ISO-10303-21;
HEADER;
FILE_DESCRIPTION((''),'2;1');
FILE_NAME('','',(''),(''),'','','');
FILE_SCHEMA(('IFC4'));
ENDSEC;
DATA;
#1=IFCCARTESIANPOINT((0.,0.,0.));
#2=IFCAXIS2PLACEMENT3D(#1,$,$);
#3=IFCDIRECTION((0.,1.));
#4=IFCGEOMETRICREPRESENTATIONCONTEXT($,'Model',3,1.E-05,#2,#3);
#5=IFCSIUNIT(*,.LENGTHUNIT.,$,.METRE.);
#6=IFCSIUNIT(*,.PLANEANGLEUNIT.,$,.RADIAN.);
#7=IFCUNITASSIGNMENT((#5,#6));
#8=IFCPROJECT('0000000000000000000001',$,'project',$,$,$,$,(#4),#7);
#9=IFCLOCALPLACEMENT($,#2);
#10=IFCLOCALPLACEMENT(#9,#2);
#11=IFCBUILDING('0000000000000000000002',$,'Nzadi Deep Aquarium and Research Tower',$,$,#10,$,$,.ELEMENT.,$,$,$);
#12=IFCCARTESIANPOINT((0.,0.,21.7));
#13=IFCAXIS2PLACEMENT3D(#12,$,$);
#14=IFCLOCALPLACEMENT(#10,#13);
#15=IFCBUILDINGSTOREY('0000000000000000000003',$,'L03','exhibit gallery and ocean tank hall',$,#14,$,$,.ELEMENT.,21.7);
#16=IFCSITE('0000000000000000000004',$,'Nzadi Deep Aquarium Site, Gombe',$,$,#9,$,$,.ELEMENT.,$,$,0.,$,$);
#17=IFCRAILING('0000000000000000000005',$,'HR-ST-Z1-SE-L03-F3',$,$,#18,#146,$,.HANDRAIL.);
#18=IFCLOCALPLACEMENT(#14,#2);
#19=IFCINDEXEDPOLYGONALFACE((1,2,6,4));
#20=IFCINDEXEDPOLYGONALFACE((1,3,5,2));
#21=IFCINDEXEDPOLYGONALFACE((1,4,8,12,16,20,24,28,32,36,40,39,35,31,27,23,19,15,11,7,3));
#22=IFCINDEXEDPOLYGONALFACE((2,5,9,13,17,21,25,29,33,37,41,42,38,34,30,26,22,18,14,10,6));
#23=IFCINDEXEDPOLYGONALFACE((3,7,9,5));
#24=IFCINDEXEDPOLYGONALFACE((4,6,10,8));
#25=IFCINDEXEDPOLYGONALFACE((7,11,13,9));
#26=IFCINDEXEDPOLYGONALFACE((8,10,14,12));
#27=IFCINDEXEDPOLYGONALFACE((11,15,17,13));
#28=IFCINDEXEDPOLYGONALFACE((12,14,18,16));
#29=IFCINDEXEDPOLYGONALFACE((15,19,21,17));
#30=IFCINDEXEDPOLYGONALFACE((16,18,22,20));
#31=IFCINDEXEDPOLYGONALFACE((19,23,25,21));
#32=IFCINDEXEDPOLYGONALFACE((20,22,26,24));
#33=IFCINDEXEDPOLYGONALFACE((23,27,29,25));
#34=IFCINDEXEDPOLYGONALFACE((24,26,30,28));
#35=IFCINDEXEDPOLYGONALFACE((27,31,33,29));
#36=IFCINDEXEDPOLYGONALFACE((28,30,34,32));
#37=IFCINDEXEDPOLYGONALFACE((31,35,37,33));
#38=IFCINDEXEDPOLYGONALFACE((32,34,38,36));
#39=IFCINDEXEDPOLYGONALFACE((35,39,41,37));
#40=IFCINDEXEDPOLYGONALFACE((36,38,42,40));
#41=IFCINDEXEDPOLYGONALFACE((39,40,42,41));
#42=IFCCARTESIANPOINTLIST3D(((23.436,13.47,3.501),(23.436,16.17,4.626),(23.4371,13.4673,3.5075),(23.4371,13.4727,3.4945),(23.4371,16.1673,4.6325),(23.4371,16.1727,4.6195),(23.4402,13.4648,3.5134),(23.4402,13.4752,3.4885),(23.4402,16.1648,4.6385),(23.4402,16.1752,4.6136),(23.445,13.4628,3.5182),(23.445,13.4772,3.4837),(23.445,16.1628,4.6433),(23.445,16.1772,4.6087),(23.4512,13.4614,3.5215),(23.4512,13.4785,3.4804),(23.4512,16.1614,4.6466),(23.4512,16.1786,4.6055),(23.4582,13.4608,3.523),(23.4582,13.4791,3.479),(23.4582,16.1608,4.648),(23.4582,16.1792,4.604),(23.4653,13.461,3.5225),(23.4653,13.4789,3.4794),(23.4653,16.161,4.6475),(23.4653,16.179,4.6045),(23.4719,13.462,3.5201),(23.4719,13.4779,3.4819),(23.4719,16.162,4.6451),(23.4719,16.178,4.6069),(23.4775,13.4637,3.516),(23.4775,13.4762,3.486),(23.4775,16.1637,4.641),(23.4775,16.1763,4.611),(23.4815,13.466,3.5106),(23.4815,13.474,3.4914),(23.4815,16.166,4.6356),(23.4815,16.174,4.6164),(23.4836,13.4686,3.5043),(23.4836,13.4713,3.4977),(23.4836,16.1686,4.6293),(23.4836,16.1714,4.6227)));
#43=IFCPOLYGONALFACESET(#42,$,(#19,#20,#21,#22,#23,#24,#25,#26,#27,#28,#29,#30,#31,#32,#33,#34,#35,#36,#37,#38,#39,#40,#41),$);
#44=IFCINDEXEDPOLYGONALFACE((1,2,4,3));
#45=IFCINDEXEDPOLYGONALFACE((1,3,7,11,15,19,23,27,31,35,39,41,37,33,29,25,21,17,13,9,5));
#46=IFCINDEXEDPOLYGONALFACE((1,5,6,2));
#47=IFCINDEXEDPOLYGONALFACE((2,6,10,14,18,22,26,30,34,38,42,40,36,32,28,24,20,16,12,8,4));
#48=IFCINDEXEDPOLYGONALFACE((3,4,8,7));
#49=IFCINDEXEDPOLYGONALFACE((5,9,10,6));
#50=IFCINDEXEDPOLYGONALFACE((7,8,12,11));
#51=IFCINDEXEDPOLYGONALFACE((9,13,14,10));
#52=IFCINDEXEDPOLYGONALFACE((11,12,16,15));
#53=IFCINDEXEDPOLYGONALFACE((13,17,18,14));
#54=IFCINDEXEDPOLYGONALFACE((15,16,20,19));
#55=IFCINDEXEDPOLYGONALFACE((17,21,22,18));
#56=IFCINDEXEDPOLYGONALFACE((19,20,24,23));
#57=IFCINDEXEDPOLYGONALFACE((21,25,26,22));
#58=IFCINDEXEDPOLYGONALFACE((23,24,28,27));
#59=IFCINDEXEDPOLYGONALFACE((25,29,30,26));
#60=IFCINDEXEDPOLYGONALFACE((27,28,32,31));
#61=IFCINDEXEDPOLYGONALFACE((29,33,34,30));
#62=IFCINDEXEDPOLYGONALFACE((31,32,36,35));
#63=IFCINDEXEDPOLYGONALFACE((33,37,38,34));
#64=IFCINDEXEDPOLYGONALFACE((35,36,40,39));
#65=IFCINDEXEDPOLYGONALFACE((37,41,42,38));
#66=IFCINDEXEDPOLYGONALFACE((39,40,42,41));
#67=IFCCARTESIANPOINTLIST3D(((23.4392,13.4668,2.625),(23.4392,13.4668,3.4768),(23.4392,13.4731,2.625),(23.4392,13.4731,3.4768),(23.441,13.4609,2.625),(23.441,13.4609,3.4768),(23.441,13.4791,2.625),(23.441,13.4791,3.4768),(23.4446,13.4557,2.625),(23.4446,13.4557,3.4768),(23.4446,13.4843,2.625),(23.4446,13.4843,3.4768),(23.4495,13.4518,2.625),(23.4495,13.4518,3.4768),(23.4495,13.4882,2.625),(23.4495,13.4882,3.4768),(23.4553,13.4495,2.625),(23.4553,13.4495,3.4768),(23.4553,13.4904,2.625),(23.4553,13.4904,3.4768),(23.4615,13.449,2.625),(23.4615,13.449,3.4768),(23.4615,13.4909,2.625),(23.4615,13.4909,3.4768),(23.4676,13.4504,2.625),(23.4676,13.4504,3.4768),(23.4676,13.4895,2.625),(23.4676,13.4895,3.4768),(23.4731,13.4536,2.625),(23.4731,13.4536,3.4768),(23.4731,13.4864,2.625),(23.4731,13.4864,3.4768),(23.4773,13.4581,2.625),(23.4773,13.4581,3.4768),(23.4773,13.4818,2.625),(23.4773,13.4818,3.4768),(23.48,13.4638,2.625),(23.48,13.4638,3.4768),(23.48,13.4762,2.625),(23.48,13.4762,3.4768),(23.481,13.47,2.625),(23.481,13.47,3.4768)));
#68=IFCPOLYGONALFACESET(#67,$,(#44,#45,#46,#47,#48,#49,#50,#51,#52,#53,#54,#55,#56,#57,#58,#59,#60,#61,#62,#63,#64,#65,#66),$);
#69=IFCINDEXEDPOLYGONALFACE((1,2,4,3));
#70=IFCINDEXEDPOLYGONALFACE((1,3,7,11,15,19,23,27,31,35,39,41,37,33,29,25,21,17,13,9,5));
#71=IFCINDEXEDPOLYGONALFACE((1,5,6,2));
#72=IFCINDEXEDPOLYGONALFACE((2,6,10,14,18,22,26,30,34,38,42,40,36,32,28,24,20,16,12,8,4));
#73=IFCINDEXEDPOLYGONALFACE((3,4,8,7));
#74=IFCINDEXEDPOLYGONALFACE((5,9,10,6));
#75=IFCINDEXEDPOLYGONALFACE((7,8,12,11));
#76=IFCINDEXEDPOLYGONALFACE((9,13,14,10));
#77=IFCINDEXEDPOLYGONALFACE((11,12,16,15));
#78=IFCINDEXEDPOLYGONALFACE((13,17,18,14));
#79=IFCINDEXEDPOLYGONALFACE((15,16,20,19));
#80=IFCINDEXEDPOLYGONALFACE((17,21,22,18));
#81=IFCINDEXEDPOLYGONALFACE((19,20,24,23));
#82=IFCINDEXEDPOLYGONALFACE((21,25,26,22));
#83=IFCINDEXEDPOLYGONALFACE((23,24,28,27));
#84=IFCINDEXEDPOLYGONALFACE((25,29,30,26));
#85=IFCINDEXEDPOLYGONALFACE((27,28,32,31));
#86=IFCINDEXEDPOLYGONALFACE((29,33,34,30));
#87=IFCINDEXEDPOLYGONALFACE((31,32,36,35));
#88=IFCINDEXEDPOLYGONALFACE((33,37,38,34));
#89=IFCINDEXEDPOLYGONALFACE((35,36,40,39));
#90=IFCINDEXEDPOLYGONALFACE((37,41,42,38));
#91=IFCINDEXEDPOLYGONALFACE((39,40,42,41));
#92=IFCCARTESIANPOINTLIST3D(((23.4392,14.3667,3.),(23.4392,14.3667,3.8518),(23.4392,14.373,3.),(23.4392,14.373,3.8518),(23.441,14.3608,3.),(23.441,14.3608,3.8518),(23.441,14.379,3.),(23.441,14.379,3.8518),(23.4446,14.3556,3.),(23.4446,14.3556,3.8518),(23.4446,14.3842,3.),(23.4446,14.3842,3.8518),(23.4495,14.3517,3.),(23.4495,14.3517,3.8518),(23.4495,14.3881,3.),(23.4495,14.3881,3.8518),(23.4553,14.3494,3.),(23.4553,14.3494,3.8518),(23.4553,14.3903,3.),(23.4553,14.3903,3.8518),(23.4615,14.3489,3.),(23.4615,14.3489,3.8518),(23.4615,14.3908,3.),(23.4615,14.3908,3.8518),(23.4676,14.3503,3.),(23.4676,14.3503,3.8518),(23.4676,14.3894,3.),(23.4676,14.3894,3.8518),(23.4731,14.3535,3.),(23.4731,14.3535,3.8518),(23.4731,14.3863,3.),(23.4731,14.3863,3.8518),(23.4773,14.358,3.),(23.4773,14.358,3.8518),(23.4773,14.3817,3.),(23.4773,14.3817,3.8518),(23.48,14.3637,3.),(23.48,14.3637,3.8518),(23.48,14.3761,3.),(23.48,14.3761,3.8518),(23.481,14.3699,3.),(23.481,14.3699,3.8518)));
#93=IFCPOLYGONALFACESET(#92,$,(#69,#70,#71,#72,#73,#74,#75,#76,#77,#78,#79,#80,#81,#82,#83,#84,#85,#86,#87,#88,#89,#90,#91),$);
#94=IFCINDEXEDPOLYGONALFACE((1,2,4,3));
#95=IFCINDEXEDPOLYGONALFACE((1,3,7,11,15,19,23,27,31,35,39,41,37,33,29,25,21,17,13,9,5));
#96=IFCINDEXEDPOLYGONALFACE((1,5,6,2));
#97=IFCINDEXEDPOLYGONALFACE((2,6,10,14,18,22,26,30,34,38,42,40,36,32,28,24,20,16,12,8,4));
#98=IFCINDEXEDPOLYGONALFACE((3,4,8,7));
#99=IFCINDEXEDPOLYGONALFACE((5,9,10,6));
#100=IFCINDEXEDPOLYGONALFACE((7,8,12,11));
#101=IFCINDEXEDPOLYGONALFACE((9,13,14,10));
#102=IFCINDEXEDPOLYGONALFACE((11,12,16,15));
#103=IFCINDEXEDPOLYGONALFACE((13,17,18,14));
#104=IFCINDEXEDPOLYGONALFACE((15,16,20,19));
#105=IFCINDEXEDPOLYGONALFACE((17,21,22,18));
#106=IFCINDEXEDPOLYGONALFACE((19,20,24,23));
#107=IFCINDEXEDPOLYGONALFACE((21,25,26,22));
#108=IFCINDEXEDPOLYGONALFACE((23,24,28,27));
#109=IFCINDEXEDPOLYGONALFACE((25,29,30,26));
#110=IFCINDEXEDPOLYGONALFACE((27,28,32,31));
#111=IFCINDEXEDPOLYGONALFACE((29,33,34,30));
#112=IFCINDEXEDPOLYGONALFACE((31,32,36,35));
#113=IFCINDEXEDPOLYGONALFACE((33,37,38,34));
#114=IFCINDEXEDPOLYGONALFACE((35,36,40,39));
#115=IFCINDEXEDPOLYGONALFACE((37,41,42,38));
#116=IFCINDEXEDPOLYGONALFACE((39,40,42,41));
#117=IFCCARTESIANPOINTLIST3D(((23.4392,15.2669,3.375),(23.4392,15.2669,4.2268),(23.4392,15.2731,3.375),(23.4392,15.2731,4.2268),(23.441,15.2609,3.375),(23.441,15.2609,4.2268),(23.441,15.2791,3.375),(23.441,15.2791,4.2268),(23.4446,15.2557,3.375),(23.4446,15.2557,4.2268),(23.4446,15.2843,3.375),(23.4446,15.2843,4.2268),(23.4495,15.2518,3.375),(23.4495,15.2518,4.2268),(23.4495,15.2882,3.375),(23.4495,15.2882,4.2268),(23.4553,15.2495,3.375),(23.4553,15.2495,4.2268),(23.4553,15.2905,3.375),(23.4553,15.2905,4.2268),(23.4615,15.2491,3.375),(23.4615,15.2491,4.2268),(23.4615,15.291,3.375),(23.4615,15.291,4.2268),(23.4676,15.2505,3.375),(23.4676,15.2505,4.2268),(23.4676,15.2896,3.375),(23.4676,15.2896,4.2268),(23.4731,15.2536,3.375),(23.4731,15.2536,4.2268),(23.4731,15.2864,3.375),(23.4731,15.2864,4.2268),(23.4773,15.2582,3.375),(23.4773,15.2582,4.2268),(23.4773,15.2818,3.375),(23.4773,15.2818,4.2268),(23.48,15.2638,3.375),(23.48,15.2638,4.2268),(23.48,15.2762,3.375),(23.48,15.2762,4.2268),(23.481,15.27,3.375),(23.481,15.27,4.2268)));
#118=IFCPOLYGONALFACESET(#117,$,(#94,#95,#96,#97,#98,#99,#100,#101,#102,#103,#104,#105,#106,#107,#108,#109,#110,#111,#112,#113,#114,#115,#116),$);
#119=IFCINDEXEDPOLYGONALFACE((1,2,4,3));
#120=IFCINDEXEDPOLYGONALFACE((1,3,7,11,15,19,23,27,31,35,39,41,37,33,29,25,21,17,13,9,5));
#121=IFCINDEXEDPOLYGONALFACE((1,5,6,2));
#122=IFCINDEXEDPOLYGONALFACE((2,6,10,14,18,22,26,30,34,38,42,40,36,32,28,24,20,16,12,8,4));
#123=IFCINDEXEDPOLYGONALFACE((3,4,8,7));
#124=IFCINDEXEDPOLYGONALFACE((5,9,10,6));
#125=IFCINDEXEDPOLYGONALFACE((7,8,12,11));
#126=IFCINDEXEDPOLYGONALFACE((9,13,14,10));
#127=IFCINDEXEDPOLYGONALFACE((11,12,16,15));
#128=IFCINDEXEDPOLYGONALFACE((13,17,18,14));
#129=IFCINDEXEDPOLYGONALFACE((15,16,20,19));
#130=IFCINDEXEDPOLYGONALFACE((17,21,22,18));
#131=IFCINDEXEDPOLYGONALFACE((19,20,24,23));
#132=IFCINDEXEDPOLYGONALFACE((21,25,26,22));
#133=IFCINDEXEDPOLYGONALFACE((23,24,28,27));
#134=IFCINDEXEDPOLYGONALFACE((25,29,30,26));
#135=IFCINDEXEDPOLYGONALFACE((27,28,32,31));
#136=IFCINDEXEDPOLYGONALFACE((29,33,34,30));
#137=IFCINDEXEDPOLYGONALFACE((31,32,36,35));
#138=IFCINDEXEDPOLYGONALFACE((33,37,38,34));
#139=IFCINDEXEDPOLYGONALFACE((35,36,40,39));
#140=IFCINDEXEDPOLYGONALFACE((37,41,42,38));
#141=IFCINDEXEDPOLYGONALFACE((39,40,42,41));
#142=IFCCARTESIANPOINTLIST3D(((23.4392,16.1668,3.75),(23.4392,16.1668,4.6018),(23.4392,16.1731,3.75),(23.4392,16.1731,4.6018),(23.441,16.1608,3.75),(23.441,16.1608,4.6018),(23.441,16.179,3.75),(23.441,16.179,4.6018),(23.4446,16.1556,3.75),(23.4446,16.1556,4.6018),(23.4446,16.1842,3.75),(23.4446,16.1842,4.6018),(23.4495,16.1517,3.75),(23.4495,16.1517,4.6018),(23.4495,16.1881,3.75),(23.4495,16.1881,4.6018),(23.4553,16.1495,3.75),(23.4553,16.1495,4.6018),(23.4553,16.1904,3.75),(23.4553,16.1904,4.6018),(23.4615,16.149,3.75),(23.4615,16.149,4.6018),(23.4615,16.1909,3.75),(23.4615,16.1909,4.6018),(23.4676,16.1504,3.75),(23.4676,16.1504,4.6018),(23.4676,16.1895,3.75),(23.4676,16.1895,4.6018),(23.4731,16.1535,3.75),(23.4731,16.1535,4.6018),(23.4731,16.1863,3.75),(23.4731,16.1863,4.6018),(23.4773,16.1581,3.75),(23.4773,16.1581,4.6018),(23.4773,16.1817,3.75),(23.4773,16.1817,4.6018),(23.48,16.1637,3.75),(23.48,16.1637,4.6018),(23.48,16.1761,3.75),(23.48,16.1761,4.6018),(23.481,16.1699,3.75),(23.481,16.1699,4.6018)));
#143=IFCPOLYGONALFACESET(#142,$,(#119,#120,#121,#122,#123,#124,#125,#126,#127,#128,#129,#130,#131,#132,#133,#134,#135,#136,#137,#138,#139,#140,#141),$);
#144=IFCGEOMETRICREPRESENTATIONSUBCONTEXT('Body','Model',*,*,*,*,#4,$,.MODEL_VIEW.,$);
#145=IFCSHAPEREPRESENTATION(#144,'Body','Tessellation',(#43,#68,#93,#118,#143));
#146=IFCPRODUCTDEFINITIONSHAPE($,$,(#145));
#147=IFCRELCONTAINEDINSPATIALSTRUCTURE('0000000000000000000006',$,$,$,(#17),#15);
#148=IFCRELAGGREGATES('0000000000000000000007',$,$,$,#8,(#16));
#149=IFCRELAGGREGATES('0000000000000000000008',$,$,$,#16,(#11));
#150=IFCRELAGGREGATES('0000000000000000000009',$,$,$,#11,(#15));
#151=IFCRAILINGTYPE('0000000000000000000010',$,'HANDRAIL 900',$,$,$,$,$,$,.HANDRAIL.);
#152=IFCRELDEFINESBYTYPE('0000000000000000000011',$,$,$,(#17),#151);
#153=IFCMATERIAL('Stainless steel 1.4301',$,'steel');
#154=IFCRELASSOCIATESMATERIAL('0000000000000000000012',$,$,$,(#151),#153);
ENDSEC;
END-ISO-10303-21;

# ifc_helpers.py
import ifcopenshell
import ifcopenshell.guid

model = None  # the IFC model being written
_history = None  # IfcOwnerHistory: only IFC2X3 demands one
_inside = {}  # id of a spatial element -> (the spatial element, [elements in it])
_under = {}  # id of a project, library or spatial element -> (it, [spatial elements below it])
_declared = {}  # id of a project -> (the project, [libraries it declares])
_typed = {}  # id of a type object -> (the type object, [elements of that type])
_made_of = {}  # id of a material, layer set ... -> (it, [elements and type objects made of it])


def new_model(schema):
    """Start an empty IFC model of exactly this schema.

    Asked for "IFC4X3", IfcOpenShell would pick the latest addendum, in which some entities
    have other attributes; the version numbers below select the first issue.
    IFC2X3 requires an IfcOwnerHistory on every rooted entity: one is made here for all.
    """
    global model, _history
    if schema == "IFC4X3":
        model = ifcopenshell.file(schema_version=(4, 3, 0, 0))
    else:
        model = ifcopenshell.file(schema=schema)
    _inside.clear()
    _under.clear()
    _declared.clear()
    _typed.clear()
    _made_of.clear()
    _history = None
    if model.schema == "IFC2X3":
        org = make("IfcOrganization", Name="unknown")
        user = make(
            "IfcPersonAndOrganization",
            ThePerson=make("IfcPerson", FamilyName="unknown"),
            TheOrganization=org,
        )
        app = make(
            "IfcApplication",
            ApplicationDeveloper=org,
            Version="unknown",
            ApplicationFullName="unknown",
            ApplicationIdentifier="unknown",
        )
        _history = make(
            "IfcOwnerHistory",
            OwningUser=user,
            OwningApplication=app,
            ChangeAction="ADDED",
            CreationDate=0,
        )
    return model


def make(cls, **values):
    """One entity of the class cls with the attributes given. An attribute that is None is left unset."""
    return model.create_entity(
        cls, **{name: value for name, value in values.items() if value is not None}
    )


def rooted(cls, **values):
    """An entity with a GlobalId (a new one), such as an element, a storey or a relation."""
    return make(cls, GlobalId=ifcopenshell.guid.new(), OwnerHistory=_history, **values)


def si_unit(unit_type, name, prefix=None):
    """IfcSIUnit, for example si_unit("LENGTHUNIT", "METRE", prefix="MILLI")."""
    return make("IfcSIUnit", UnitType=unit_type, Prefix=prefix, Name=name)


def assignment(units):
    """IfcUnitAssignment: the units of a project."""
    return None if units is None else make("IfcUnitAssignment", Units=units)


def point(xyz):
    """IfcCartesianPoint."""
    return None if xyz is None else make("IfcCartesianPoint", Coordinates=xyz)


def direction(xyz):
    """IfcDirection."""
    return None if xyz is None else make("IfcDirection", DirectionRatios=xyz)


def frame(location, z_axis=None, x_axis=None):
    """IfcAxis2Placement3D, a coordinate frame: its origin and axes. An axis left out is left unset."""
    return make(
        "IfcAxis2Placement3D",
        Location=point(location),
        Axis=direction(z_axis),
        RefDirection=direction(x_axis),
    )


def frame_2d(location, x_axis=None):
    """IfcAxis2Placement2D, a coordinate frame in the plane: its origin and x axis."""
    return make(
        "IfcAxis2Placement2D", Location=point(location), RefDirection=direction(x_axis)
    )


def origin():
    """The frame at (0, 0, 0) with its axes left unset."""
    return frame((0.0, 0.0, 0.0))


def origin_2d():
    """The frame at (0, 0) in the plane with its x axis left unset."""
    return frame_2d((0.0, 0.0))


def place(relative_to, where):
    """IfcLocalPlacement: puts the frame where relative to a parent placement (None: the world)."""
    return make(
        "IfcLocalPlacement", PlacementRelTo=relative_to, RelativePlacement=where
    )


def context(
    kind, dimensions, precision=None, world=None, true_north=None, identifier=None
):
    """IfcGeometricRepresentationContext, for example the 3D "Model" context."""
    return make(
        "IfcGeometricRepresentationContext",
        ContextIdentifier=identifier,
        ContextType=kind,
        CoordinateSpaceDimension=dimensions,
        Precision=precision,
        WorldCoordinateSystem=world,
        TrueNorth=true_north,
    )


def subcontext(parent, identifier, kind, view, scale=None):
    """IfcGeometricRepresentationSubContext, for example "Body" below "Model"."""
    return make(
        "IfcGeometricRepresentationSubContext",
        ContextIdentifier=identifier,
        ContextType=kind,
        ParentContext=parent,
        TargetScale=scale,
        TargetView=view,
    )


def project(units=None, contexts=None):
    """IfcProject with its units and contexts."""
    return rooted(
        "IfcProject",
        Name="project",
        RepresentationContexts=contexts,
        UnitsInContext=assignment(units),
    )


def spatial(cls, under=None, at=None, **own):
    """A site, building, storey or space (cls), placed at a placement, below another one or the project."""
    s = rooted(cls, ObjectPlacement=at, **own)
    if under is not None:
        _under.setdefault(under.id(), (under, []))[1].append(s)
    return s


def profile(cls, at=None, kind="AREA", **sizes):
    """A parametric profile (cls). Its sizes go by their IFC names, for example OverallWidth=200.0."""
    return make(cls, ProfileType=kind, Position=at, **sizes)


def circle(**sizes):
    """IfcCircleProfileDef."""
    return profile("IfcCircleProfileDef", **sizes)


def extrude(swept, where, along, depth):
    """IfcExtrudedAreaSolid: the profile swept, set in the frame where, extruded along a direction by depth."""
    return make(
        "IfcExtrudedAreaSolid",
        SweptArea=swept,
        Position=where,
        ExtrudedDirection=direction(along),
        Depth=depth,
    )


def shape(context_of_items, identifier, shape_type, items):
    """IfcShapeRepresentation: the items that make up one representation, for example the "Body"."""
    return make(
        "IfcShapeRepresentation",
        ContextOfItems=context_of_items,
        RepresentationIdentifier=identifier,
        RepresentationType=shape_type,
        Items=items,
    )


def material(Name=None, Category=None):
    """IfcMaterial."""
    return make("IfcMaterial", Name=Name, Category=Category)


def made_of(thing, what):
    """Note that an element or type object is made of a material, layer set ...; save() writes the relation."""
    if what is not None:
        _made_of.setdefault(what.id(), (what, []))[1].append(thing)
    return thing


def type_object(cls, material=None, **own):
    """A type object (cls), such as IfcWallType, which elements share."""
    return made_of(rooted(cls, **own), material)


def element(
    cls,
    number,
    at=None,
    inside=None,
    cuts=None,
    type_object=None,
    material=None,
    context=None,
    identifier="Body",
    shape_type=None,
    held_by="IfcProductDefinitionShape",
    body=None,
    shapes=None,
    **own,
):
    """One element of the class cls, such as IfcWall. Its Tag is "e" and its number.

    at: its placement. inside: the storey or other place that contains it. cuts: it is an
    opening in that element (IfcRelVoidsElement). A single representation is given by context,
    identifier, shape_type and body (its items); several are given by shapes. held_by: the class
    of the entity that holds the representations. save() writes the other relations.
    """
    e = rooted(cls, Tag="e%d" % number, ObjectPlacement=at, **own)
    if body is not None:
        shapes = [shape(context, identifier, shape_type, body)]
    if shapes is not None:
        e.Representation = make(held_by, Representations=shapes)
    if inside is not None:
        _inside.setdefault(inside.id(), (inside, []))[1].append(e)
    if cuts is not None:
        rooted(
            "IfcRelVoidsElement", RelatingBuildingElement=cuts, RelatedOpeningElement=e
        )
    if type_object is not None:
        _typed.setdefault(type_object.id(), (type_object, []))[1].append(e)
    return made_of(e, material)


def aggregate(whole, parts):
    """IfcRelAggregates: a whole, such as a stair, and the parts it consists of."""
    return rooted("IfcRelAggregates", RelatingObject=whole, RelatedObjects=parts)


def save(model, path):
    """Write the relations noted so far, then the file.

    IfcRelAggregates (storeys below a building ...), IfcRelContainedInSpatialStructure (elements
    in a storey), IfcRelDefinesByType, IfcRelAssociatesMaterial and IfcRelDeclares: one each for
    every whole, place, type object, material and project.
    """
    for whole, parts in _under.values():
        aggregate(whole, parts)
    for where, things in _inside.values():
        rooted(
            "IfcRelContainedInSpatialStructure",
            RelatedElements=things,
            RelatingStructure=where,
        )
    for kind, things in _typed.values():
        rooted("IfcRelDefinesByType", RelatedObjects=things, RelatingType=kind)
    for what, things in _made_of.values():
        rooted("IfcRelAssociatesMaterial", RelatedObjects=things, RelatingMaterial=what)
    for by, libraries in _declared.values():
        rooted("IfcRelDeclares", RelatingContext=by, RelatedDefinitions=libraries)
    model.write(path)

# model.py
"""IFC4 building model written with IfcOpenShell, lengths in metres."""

from ifc_helpers import new_model, si_unit, direction, frame, origin, origin_2d, place, context, subcontext, project, spatial, circle, extrude, material, type_object, element, save


model = new_model("IFC4")

# Units and contexts
model_context = context("Model", 3, precision=1e-05, world=origin(), true_north=direction((0.0, 1.0)))
body_context = subcontext(model_context, "Body", "Model", "MODEL_VIEW")
ifc_project = project(units=[si_unit("LENGTHUNIT", "METRE"), si_unit("PLANEANGLEUNIT", "RADIAN")], contexts=[model_context])

# Site, building, storey
site_placement = place(None, origin())
site = spatial("IfcSite", under=ifc_project, at=site_placement, Name="Nzadi Deep Aquarium Site, Gombe", CompositionType="ELEMENT", RefElevation=0.0)
building_placement = place(site_placement, origin())
building = spatial("IfcBuilding", under=site, at=building_placement, Name="Nzadi Deep Aquarium and Research Tower", CompositionType="ELEMENT")
storey_placement = place(building_placement, frame((0.0, 0.0, 21.7)))
storey = spatial("IfcBuildingStorey", under=building, at=storey_placement, Name="L03", Description="exhibit gallery and ocean tank hall", CompositionType="ELEMENT", Elevation=21.7)

# Railing
ifc_material_1 = material(Name="Stainless steel 1.4301", Category="steel")
railing_type = type_object("IfcRailingType", Name="HANDRAIL 900", PredefinedType="HANDRAIL", material=ifc_material_1)
for number, where, name in (
    (1, (23.46, 13.47, 2.625), "HR-ST-Z1-SE-L03-F3"),
):
    element("IfcRailing", number, at=place(storey_placement, frame(where)), inside=storey, type_object=railing_type, Name=name, PredefinedType="HANDRAIL", context=body_context, shape_type="SweptSolid", body=[
        extrude(circle(Radius=0.0239, at=origin_2d()), frame((0.0, 0.0, 0.876), z_axis=(0.0, 0.923074, 0.384621), x_axis=(-1.0, 0.0, 0.0)), (0.0, 0.0, 1.0), 2.925),
        extrude(circle(Radius=0.021, at=origin_2d()), origin(), (0.0, 0.0, 1.0), 0.8518),
        extrude(circle(Radius=0.021, at=origin_2d()), frame((0.0, 0.8999, 0.375)), (0.0, 0.0, 1.0), 0.8518),
        extrude(circle(Radius=0.021, at=origin_2d()), frame((0.0, 1.8, 0.75)), (0.0, 0.0, 1.0), 0.8518),
        extrude(circle(Radius=0.021, at=origin_2d()), frame((0.0, 2.7, 1.125)), (0.0, 0.0, 1.0), 0.8518),
    ])

save(model, "model.ifc")
